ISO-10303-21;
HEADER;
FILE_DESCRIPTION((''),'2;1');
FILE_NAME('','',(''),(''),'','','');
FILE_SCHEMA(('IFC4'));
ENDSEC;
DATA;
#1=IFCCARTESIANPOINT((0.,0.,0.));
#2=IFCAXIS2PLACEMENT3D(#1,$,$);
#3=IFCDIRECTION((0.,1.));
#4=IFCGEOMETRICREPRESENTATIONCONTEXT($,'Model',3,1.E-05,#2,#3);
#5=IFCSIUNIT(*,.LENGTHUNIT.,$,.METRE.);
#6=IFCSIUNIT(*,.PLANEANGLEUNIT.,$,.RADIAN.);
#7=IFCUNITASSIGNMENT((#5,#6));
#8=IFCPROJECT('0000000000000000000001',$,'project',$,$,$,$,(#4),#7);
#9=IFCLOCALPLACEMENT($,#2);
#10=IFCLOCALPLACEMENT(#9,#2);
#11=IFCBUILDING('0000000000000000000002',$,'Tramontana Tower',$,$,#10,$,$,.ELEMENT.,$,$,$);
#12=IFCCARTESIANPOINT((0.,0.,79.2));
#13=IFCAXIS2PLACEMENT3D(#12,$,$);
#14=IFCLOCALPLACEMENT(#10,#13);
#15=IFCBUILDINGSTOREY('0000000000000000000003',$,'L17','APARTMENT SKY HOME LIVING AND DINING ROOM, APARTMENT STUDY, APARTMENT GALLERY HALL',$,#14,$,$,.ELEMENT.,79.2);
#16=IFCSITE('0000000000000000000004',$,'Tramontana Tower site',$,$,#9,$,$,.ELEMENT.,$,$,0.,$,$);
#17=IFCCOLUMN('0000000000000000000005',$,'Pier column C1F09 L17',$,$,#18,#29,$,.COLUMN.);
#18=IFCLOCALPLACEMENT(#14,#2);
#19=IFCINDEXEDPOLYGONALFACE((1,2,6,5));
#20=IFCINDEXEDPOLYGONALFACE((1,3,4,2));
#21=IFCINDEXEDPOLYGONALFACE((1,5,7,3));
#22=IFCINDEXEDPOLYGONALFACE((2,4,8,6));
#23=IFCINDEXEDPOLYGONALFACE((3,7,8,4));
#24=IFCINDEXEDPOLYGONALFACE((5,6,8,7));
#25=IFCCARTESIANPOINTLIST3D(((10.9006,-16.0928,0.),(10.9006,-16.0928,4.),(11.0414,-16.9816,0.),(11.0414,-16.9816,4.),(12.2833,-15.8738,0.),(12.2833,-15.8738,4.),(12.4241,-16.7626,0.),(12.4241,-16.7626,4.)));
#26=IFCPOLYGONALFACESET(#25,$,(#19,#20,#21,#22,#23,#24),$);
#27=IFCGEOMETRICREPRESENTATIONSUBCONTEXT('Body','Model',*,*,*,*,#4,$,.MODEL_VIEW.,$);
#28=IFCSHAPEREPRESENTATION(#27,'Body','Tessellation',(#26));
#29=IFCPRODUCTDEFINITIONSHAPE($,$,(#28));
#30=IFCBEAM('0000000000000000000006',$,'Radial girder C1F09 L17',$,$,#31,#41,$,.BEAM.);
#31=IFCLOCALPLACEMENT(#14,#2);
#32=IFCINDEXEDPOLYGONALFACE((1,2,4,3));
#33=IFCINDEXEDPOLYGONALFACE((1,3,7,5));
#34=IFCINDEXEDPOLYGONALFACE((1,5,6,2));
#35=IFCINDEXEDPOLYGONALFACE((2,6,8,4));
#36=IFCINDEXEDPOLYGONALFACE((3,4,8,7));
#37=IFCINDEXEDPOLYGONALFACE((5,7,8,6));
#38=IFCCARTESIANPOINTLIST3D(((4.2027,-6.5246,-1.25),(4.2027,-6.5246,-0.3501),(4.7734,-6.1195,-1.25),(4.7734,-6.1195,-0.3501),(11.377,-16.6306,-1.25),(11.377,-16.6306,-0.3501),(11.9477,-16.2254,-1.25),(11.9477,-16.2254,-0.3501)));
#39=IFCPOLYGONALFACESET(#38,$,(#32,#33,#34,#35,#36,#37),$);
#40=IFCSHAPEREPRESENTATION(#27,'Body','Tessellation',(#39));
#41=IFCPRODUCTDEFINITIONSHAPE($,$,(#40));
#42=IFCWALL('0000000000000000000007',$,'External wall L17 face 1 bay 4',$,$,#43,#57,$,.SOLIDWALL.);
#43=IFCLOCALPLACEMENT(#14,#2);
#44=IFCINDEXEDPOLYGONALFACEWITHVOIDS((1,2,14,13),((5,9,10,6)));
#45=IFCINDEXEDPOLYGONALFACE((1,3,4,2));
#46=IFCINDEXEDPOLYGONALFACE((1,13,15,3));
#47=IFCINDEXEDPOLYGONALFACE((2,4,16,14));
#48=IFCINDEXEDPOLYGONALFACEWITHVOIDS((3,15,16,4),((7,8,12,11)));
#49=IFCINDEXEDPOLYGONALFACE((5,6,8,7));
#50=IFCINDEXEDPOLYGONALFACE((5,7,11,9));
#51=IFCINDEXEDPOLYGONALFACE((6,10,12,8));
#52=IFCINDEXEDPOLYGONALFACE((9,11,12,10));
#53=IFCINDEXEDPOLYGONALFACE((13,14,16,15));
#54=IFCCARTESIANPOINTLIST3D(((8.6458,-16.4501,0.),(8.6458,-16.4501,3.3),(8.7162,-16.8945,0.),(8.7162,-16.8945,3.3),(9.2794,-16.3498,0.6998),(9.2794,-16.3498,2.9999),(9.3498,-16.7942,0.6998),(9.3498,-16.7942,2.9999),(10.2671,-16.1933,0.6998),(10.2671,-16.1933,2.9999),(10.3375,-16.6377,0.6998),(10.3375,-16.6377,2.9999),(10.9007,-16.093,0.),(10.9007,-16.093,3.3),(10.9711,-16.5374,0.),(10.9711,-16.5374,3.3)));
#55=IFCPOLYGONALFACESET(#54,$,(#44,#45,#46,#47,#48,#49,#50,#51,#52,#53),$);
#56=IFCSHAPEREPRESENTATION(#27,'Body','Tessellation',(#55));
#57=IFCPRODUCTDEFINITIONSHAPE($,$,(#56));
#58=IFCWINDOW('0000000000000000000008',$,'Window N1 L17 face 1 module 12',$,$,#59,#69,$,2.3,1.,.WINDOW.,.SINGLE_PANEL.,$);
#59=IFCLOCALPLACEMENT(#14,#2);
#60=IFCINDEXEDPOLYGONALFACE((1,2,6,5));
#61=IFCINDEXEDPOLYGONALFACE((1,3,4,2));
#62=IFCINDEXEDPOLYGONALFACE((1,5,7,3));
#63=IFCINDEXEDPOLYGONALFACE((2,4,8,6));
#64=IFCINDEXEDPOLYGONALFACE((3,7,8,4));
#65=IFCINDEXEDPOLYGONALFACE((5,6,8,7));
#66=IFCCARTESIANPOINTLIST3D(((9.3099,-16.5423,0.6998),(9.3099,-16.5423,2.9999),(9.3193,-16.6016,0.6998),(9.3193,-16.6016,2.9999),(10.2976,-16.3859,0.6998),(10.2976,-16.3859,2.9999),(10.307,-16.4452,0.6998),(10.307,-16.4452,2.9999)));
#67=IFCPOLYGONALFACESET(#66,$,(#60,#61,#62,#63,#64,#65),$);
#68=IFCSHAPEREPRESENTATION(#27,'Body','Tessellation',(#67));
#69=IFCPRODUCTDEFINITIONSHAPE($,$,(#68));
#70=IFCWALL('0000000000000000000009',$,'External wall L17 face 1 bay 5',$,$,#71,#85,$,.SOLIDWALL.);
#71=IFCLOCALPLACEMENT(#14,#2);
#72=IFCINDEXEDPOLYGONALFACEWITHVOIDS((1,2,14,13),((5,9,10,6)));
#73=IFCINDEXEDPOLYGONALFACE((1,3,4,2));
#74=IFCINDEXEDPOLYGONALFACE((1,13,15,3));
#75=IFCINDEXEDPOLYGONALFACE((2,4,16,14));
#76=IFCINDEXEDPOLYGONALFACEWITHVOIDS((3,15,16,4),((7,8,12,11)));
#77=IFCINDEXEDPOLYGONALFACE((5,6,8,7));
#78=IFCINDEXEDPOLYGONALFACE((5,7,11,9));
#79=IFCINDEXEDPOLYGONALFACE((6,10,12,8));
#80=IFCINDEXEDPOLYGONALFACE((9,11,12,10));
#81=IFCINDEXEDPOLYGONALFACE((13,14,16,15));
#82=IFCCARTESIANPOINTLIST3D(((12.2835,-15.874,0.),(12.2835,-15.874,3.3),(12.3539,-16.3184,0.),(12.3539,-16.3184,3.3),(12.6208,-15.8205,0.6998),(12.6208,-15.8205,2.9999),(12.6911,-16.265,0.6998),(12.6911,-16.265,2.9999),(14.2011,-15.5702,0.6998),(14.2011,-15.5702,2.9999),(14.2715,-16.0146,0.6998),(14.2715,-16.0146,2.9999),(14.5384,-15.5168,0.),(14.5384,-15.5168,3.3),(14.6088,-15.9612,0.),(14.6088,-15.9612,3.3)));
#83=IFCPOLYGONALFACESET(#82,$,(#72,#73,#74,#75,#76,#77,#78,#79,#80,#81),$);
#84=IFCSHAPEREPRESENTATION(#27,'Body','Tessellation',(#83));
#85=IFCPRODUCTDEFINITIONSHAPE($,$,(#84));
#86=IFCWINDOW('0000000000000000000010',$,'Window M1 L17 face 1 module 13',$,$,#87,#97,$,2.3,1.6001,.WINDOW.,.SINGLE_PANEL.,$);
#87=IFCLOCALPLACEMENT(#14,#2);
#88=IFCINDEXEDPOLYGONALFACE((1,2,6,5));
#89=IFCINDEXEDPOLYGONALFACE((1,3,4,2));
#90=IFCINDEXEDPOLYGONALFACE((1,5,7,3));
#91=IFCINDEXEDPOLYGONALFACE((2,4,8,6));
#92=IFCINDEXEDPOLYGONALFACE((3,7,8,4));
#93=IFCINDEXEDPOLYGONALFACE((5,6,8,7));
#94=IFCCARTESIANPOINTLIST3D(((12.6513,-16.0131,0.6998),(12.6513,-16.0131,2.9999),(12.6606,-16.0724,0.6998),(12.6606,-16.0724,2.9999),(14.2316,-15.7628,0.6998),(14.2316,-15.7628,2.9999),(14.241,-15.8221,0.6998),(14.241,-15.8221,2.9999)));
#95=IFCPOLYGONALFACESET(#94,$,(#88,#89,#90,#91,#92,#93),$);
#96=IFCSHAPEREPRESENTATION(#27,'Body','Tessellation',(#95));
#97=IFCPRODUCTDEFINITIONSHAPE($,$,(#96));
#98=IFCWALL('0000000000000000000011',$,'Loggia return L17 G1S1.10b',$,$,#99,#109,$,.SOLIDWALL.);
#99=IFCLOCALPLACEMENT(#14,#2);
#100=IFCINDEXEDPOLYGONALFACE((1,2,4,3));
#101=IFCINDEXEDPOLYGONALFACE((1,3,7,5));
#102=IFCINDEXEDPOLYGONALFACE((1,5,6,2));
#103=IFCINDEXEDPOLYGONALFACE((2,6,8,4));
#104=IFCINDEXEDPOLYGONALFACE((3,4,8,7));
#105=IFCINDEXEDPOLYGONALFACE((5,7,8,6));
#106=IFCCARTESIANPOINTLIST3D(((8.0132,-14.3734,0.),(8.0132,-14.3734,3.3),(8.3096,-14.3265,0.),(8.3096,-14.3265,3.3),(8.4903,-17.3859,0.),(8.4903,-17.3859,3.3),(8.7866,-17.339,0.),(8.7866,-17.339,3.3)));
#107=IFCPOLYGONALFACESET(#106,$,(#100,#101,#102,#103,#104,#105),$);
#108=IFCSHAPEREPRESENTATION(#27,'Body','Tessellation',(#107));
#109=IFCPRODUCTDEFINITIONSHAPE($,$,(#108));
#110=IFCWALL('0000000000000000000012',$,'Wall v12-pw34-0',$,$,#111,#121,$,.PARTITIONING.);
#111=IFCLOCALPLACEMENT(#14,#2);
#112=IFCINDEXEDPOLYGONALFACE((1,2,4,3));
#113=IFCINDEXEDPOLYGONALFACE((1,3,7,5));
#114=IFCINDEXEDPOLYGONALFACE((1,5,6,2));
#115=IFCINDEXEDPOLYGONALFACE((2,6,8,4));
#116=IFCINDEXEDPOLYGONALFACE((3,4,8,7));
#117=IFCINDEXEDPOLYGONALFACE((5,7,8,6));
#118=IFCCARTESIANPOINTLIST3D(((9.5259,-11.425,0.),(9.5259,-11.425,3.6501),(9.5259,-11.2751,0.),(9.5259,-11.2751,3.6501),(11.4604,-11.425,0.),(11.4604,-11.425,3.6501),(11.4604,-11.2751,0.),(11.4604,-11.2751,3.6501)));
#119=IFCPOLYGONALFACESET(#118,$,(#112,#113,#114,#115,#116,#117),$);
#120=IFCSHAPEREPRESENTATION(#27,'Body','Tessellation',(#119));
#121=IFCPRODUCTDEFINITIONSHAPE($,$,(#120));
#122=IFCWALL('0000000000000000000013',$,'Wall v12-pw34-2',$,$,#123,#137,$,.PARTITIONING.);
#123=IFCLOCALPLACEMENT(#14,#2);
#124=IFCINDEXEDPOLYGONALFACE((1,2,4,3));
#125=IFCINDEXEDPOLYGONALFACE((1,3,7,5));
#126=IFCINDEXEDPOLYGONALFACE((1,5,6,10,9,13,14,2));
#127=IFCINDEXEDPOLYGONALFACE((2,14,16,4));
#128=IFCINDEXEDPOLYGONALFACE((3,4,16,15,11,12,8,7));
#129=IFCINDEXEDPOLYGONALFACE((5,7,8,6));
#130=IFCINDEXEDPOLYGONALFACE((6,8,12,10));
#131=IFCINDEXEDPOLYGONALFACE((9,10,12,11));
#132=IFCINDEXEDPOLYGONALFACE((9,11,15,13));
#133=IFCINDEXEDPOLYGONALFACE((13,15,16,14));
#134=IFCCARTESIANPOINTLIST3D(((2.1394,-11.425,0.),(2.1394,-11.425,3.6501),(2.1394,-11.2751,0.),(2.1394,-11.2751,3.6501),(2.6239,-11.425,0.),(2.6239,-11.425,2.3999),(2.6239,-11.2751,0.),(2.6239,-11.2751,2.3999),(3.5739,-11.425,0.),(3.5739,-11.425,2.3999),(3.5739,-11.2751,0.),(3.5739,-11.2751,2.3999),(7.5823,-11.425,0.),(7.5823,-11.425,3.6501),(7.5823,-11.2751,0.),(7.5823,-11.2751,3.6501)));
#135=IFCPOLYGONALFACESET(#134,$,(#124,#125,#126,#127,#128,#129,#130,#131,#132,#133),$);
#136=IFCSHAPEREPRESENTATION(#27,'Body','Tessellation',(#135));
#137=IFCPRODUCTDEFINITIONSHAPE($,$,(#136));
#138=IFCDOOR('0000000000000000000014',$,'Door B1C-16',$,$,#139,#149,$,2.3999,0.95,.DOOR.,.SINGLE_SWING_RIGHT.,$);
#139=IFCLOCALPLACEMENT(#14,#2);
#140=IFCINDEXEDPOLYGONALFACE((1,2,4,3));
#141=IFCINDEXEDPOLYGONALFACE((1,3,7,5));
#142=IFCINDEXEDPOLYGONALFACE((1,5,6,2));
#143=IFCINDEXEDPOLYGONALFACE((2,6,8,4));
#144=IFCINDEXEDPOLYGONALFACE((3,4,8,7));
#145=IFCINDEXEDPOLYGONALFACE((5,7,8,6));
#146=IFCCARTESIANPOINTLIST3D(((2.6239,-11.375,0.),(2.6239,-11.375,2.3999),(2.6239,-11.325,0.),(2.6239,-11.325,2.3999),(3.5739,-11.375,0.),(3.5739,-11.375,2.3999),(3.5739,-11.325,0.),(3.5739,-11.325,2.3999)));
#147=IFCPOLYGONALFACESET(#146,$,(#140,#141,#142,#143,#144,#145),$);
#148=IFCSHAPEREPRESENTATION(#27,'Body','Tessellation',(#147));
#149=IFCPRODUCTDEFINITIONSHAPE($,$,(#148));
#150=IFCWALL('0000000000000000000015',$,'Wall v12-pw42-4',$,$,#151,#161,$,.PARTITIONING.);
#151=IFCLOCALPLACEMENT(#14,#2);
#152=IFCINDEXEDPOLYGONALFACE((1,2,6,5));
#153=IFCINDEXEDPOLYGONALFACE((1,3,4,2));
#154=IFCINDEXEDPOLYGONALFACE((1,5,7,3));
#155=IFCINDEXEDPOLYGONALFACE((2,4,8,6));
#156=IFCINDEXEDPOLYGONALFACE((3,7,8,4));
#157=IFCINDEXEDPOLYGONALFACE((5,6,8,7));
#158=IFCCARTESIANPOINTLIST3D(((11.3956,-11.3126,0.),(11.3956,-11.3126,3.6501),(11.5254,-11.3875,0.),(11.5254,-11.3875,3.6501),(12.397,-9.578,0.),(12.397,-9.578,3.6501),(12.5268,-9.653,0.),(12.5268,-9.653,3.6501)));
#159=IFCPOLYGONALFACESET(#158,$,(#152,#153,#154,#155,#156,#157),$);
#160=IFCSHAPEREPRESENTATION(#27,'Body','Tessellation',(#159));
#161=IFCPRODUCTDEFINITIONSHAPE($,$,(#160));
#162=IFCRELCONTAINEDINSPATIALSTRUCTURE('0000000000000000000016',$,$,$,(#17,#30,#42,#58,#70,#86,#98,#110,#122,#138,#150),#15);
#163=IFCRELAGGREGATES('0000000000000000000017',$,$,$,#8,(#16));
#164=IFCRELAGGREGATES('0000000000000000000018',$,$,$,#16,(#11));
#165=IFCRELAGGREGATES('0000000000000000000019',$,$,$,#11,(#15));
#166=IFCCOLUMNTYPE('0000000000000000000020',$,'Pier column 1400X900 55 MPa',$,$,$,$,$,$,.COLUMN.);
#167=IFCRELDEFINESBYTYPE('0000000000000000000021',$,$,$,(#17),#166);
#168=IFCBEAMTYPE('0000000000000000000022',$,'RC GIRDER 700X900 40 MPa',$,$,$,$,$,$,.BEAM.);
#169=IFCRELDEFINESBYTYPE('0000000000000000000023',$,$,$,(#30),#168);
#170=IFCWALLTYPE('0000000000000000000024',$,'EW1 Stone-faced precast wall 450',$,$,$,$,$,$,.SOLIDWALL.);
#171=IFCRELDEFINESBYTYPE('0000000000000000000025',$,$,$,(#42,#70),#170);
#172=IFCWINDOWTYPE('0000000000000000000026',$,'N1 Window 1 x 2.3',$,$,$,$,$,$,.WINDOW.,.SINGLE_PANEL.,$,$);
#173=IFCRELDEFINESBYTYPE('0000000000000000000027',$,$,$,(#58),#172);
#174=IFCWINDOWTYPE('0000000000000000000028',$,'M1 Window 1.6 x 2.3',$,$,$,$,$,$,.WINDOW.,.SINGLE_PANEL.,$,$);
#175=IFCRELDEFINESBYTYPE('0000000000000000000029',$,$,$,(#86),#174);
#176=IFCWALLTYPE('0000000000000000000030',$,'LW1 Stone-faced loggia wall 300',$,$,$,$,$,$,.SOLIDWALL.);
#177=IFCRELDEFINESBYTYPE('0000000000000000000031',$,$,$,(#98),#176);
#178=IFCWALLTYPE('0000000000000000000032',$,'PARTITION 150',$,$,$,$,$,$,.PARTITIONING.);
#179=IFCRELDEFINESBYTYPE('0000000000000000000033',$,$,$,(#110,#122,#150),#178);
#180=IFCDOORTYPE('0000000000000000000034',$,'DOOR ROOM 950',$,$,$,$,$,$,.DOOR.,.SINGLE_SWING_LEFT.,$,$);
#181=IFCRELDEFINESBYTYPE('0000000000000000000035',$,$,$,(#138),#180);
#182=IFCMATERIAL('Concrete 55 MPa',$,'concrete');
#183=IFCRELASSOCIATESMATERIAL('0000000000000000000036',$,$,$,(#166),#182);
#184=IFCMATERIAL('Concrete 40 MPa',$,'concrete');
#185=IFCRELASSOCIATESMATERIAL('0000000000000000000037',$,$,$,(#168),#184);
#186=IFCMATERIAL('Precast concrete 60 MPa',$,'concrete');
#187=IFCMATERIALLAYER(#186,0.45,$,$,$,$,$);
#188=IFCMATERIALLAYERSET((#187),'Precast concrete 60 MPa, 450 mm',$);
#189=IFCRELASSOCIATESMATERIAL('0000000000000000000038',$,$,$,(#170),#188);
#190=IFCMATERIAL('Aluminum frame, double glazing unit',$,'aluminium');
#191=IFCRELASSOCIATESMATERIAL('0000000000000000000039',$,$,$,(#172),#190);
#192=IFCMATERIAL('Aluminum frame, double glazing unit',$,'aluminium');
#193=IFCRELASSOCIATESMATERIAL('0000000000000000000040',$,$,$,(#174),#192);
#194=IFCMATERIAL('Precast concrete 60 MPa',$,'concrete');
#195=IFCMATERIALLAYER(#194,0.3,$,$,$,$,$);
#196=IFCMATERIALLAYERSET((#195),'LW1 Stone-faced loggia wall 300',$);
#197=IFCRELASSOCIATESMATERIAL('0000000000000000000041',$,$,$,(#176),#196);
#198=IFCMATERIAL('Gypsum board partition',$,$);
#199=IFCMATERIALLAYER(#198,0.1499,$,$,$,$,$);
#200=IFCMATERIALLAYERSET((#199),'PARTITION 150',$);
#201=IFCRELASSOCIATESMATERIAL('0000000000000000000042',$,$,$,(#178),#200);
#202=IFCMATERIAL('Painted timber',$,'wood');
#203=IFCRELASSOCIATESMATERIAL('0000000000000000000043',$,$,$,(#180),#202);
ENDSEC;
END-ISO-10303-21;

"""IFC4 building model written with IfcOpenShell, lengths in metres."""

from ifc_helpers import new_model, si_unit, direction, frame, frame_2d, origin, origin_2d, place, context, subcontext, project, spatial, rectangle, extrude, material, layer, layer_set, material_profile, profile_set, type_object, element, fill, save


model = new_model("IFC4")

# Units and contexts
model_context = context("Model", 3, precision=1e-05, world=origin(), true_north=direction((0.0, 1.0)))
body_context = subcontext(model_context, "Body", "Model", "MODEL_VIEW")
ifc_project = project(units=[si_unit("LENGTHUNIT", "METRE"), si_unit("PLANEANGLEUNIT", "RADIAN")], contexts=[model_context])

# Site, building, storey
site_placement = place(None, origin())
site = spatial("IfcSite", under=ifc_project, at=site_placement, Name="Tramontana Tower site", CompositionType="ELEMENT", RefElevation=0.0)
building_placement = place(site_placement, origin())
building = spatial("IfcBuilding", under=site, at=building_placement, Name="Tramontana Tower", CompositionType="ELEMENT")
storey_placement = place(building_placement, frame((0.0, 0.0, 79.2)))
storey = spatial("IfcBuildingStorey", under=building, at=storey_placement, Name="L17", Description="APARTMENT SKY HOME LIVING AND DINING ROOM, APARTMENT STUDY, APARTMENT GALLERY HALL", CompositionType="ELEMENT", Elevation=79.2)

# Column
ifc_material_1 = material(Name="Concrete 55 MPa", Category="concrete")
ifc_material_profile_1 = material_profile(ifc_material_1, rectangle(XDim=1.3999, YDim=0.8999, at=origin_2d()), Name="Pier column 1400X900 55 MPa")
ifc_profile_set_1 = profile_set([ifc_material_profile_1], Name="Concrete 55 MPa")
column_type = type_object("IfcColumnType", Name="Pier column 1400X900 55 MPa", PredefinedType="COLUMN", material=ifc_profile_set_1)
column_placement = place(storey_placement, frame((11.6624, -16.4277, 0.0), z_axis=(0.0, 0.0, 1.0), x_axis=(0.987688, 0.156434, 0.0)))
element("IfcColumn", 1, at=column_placement, inside=storey, type_object=column_type, Name="Pier column C1F09 L17", PredefinedType="COLUMN", context=body_context, shape_type="SweptSolid", body=[
    extrude(rectangle(XDim=1.3999, YDim=0.8999, at=origin_2d()), origin(), (0.0, 0.0, 1.0), 4.0),
])

# Beam
ifc_material_2 = material(Name="Concrete 40 MPa", Category="concrete")
ifc_material_profile_2 = material_profile(ifc_material_2, rectangle(XDim=0.7, YDim=0.8999, at=origin_2d()), Name="RC GIRDER 700X900 40 MPa")
ifc_profile_set_2 = profile_set([ifc_material_profile_2], Name="Concrete 40 MPa")
beam_type = type_object("IfcBeamType", Name="RC GIRDER 700X900 40 MPa", PredefinedType="BEAM", material=ifc_profile_set_2)
beam_placement = place(storey_placement, frame((11.6624, -16.428, -0.8), z_axis=(-0.578873, 0.815418, 0.0), x_axis=(-0.815418, -0.578873, 0.0)))
element("IfcBeam", 2, at=beam_placement, inside=storey, type_object=beam_type, Name="Radial girder C1F09 L17", PredefinedType="BEAM", context=body_context, shape_type="SweptSolid", body=[
    extrude(rectangle(XDim=0.7, YDim=0.8999, at=origin_2d()), origin(), (0.0, 0.0, 1.0), 12.3936),
])

# Walls, openings, windows
ifc_material_3 = material(Name="Precast concrete 60 MPa", Category="concrete")
ifc_layer_1 = layer(ifc_material_3, 0.45)
ifc_layer_set_1 = layer_set([ifc_layer_1], Name="Precast concrete 60 MPa, 450 mm")
wall_type_1 = type_object("IfcWallType", Name="EW1 Stone-faced precast wall 450", PredefinedType="SOLIDWALL", material=ifc_layer_set_1)
wall_1_placement = place(storey_placement, frame((8.6809, -16.6724, 0.0), z_axis=(0.0, 0.0, 1.0), x_axis=(0.987686, 0.156451, 0.0)))
wall_1 = element("IfcWall", 3, at=wall_1_placement, inside=storey, type_object=wall_type_1, Name="External wall L17 face 1 bay 4", PredefinedType="SOLIDWALL", context=body_context, shape_type="SweptSolid", body=[
    extrude(rectangle(XDim=2.283, YDim=0.45, at=frame_2d((1.1416, 0.0))), origin(), (0.0, 0.0, 1.0), 3.3),
])
opening_1_placement = place(wall_1_placement, frame((0.6416, 0.0, 0.7)))
opening_1 = element("IfcOpeningElement", 4, at=opening_1_placement, cuts=wall_1, PredefinedType="OPENING", context=body_context, shape_type="SweptSolid", body=[
    extrude(rectangle(XDim=1.0, YDim=2.3, at=frame_2d((0.5, 1.1499))), frame((0.0, 0.2349, 0.0), z_axis=(0.0, -1.0, 0.0), x_axis=(1.0, 0.0, 0.0)), (0.0, 0.0, 1.0), 0.47),
])
ifc_material_4 = material(Name="Aluminum frame, double glazing unit", Category="aluminium")
window_type_1 = type_object("IfcWindowType", Name="N1 Window 1 x 2.3", PartitioningType="SINGLE_PANEL", PredefinedType="WINDOW", material=ifc_material_4)
window_1_placement = place(opening_1_placement, origin())
window_1 = element("IfcWindow", 5, at=window_1_placement, inside=storey, type_object=window_type_1, Name="Window N1 L17 face 1 module 12", OverallHeight=2.3, OverallWidth=1.0, PartitioningType="SINGLE_PANEL", PredefinedType="WINDOW", context=body_context, shape_type="SweptSolid", body=[
    extrude(rectangle(XDim=1.0, YDim=2.3, at=frame_2d((0.5, 1.1499))), frame((0.0, 0.03, 0.0), z_axis=(0.0, -1.0, 0.0), x_axis=(1.0, 0.0, 0.0)), (0.0, 0.0, 1.0), 0.0601),
])
fill(opening_1, window_1)
wall_2_placement = place(storey_placement, frame((12.3186, -16.0962, 0.0), z_axis=(0.0, 0.0, 1.0), x_axis=(0.987686, 0.156451, 0.0)))
wall_2 = element("IfcWall", 6, at=wall_2_placement, inside=storey, type_object=wall_type_1, Name="External wall L17 face 1 bay 5", PredefinedType="SOLIDWALL", context=body_context, shape_type="SweptSolid", body=[
    extrude(rectangle(XDim=2.283, YDim=0.45, at=frame_2d((1.1416, 0.0))), origin(), (0.0, 0.0, 1.0), 3.3),
])
opening_2_placement = place(wall_2_placement, frame((0.3416, 0.0, 0.7)))
opening_2 = element("IfcOpeningElement", 7, at=opening_2_placement, cuts=wall_2, PredefinedType="OPENING", context=body_context, shape_type="SweptSolid", body=[
    extrude(rectangle(XDim=1.6001, YDim=2.3, at=frame_2d((0.8, 1.1499))), frame((0.0, 0.2349, 0.0), z_axis=(0.0, -1.0, 0.0), x_axis=(1.0, 0.0, 0.0)), (0.0, 0.0, 1.0), 0.47),
])
ifc_material_5 = material(Name="Aluminum frame, double glazing unit", Category="aluminium")
window_type_2 = type_object("IfcWindowType", Name="M1 Window 1.6 x 2.3", PartitioningType="SINGLE_PANEL", PredefinedType="WINDOW", material=ifc_material_5)
window_2_placement = place(opening_2_placement, origin())
window_2 = element("IfcWindow", 8, at=window_2_placement, inside=storey, type_object=window_type_2, Name="Window M1 L17 face 1 module 13", OverallHeight=2.3, OverallWidth=1.6001, PartitioningType="SINGLE_PANEL", PredefinedType="WINDOW", context=body_context, shape_type="SweptSolid", body=[
    extrude(rectangle(XDim=1.6001, YDim=2.3, at=frame_2d((0.8, 1.1499))), frame((0.0, 0.03, 0.0), z_axis=(0.0, -1.0, 0.0), x_axis=(1.0, 0.0, 0.0)), (0.0, 0.0, 1.0), 0.0601),
])
fill(opening_2, window_2)

# Walls
ifc_material_6 = material(Name="Precast concrete 60 MPa", Category="concrete")
ifc_layer_2 = layer(ifc_material_6, 0.3)
ifc_layer_set_2 = layer_set([ifc_layer_2], Name="LW1 Stone-faced loggia wall 300")
wall_type_2 = type_object("IfcWallType", Name="LW1 Stone-faced loggia wall 300", PredefinedType="SOLIDWALL", material=ifc_layer_set_2)
wall_3_placement = place(storey_placement, frame((8.6384, -17.3623, 0.0), z_axis=(0.0, 0.0, 1.0), x_axis=(-0.156411, 0.987692, 0.0)))
element("IfcWall", 9, at=wall_3_placement, inside=storey, type_object=wall_type_2, Name="Loggia return L17 G1S1.10b", PredefinedType="SOLIDWALL", context=body_context, shape_type="SweptSolid", body=[
    extrude(rectangle(XDim=3.05, YDim=0.3, at=frame_2d((1.5249, 0.0))), origin(), (0.0, 0.0, 1.0), 3.3),
])
ifc_material_7 = material(Name="Gypsum board partition")
ifc_layer_3 = layer(ifc_material_7, 0.1499)
ifc_layer_set_3 = layer_set([ifc_layer_3], Name="PARTITION 150")
wall_type_3 = type_object("IfcWallType", Name="PARTITION 150", PredefinedType="PARTITIONING", material=ifc_layer_set_3)
wall_4_placement = place(storey_placement, frame((11.4604, -11.3501, 0.0), z_axis=(0.0, 0.0, 1.0), x_axis=(-1.0, 0.0, 0.0)))
element("IfcWall", 10, at=wall_4_placement, inside=storey, type_object=wall_type_3, Name="Wall v12-pw34-0", PredefinedType="PARTITIONING", context=body_context, shape_type="SweptSolid", body=[
    extrude(rectangle(XDim=1.9346, YDim=0.1499, at=frame_2d((0.9673, 0.0))), origin(), (0.0, 0.0, 1.0), 3.6501),
])

# Wall, opening, door
ifc_material_8 = material(Name="Painted timber", Category="wood")
door_type = type_object("IfcDoorType", Name="DOOR ROOM 950", OperationType="SINGLE_SWING_LEFT", PredefinedType="DOOR", material=ifc_material_8)
wall_5_placement = place(storey_placement, frame((7.5823, -11.3501, 0.0), z_axis=(0.0, 0.0, 1.0), x_axis=(-1.0, 0.0, 0.0)))
wall_5 = element("IfcWall", 11, at=wall_5_placement, inside=storey, type_object=wall_type_3, Name="Wall v12-pw34-2", PredefinedType="PARTITIONING", context=body_context, shape_type="SweptSolid", body=[
    extrude(rectangle(XDim=5.4429, YDim=0.1499, at=frame_2d((2.7214, 0.0))), origin(), (0.0, 0.0, 1.0), 3.6501),
])
opening_3_placement = place(wall_5_placement, frame((4.0083, 0.0, 0.0)))
opening_3 = element("IfcOpeningElement", 12, at=opening_3_placement, cuts=wall_5, PredefinedType="OPENING", context=body_context, shape_type="SweptSolid", body=[
    extrude(rectangle(XDim=0.95, YDim=2.3999, at=frame_2d((0.4751, 1.2))), frame((0.0, 0.085, 0.0), z_axis=(0.0, -1.0, 0.0), x_axis=(1.0, 0.0, 0.0)), (0.0, 0.0, 1.0), 0.1699),
])
door_1_placement = place(opening_3_placement, origin())
door_1 = element("IfcDoor", 13, at=door_1_placement, inside=storey, type_object=door_type, Name="Door B1C-16", OperationType="SINGLE_SWING_RIGHT", OverallHeight=2.3999, OverallWidth=0.95, PredefinedType="DOOR", context=body_context, shape_type="SweptSolid", body=[
    extrude(rectangle(XDim=0.95, YDim=2.3999, at=frame_2d((0.4751, 1.2))), frame((0.0, 0.0249, 0.0), z_axis=(0.0, -1.0, 0.0), x_axis=(1.0, 0.0, 0.0)), (0.0, 0.0, 1.0), 0.05),
])
fill(opening_3, door_1)

# Wall
wall_6_placement = place(storey_placement, frame((12.4619, -9.6155, 0.0), z_axis=(0.0, 0.0, 1.0), x_axis=(-0.499993, -0.866029, 0.0)))
element("IfcWall", 14, at=wall_6_placement, inside=storey, type_object=wall_type_3, Name="Wall v12-pw42-4", PredefinedType="PARTITIONING", context=body_context, shape_type="SweptSolid", body=[
    extrude(rectangle(XDim=2.0029, YDim=0.1499, at=frame_2d((1.0015, 0.0))), origin(), (0.0, 0.0, 1.0), 3.6501),
])

save(model, "model.ifc")
